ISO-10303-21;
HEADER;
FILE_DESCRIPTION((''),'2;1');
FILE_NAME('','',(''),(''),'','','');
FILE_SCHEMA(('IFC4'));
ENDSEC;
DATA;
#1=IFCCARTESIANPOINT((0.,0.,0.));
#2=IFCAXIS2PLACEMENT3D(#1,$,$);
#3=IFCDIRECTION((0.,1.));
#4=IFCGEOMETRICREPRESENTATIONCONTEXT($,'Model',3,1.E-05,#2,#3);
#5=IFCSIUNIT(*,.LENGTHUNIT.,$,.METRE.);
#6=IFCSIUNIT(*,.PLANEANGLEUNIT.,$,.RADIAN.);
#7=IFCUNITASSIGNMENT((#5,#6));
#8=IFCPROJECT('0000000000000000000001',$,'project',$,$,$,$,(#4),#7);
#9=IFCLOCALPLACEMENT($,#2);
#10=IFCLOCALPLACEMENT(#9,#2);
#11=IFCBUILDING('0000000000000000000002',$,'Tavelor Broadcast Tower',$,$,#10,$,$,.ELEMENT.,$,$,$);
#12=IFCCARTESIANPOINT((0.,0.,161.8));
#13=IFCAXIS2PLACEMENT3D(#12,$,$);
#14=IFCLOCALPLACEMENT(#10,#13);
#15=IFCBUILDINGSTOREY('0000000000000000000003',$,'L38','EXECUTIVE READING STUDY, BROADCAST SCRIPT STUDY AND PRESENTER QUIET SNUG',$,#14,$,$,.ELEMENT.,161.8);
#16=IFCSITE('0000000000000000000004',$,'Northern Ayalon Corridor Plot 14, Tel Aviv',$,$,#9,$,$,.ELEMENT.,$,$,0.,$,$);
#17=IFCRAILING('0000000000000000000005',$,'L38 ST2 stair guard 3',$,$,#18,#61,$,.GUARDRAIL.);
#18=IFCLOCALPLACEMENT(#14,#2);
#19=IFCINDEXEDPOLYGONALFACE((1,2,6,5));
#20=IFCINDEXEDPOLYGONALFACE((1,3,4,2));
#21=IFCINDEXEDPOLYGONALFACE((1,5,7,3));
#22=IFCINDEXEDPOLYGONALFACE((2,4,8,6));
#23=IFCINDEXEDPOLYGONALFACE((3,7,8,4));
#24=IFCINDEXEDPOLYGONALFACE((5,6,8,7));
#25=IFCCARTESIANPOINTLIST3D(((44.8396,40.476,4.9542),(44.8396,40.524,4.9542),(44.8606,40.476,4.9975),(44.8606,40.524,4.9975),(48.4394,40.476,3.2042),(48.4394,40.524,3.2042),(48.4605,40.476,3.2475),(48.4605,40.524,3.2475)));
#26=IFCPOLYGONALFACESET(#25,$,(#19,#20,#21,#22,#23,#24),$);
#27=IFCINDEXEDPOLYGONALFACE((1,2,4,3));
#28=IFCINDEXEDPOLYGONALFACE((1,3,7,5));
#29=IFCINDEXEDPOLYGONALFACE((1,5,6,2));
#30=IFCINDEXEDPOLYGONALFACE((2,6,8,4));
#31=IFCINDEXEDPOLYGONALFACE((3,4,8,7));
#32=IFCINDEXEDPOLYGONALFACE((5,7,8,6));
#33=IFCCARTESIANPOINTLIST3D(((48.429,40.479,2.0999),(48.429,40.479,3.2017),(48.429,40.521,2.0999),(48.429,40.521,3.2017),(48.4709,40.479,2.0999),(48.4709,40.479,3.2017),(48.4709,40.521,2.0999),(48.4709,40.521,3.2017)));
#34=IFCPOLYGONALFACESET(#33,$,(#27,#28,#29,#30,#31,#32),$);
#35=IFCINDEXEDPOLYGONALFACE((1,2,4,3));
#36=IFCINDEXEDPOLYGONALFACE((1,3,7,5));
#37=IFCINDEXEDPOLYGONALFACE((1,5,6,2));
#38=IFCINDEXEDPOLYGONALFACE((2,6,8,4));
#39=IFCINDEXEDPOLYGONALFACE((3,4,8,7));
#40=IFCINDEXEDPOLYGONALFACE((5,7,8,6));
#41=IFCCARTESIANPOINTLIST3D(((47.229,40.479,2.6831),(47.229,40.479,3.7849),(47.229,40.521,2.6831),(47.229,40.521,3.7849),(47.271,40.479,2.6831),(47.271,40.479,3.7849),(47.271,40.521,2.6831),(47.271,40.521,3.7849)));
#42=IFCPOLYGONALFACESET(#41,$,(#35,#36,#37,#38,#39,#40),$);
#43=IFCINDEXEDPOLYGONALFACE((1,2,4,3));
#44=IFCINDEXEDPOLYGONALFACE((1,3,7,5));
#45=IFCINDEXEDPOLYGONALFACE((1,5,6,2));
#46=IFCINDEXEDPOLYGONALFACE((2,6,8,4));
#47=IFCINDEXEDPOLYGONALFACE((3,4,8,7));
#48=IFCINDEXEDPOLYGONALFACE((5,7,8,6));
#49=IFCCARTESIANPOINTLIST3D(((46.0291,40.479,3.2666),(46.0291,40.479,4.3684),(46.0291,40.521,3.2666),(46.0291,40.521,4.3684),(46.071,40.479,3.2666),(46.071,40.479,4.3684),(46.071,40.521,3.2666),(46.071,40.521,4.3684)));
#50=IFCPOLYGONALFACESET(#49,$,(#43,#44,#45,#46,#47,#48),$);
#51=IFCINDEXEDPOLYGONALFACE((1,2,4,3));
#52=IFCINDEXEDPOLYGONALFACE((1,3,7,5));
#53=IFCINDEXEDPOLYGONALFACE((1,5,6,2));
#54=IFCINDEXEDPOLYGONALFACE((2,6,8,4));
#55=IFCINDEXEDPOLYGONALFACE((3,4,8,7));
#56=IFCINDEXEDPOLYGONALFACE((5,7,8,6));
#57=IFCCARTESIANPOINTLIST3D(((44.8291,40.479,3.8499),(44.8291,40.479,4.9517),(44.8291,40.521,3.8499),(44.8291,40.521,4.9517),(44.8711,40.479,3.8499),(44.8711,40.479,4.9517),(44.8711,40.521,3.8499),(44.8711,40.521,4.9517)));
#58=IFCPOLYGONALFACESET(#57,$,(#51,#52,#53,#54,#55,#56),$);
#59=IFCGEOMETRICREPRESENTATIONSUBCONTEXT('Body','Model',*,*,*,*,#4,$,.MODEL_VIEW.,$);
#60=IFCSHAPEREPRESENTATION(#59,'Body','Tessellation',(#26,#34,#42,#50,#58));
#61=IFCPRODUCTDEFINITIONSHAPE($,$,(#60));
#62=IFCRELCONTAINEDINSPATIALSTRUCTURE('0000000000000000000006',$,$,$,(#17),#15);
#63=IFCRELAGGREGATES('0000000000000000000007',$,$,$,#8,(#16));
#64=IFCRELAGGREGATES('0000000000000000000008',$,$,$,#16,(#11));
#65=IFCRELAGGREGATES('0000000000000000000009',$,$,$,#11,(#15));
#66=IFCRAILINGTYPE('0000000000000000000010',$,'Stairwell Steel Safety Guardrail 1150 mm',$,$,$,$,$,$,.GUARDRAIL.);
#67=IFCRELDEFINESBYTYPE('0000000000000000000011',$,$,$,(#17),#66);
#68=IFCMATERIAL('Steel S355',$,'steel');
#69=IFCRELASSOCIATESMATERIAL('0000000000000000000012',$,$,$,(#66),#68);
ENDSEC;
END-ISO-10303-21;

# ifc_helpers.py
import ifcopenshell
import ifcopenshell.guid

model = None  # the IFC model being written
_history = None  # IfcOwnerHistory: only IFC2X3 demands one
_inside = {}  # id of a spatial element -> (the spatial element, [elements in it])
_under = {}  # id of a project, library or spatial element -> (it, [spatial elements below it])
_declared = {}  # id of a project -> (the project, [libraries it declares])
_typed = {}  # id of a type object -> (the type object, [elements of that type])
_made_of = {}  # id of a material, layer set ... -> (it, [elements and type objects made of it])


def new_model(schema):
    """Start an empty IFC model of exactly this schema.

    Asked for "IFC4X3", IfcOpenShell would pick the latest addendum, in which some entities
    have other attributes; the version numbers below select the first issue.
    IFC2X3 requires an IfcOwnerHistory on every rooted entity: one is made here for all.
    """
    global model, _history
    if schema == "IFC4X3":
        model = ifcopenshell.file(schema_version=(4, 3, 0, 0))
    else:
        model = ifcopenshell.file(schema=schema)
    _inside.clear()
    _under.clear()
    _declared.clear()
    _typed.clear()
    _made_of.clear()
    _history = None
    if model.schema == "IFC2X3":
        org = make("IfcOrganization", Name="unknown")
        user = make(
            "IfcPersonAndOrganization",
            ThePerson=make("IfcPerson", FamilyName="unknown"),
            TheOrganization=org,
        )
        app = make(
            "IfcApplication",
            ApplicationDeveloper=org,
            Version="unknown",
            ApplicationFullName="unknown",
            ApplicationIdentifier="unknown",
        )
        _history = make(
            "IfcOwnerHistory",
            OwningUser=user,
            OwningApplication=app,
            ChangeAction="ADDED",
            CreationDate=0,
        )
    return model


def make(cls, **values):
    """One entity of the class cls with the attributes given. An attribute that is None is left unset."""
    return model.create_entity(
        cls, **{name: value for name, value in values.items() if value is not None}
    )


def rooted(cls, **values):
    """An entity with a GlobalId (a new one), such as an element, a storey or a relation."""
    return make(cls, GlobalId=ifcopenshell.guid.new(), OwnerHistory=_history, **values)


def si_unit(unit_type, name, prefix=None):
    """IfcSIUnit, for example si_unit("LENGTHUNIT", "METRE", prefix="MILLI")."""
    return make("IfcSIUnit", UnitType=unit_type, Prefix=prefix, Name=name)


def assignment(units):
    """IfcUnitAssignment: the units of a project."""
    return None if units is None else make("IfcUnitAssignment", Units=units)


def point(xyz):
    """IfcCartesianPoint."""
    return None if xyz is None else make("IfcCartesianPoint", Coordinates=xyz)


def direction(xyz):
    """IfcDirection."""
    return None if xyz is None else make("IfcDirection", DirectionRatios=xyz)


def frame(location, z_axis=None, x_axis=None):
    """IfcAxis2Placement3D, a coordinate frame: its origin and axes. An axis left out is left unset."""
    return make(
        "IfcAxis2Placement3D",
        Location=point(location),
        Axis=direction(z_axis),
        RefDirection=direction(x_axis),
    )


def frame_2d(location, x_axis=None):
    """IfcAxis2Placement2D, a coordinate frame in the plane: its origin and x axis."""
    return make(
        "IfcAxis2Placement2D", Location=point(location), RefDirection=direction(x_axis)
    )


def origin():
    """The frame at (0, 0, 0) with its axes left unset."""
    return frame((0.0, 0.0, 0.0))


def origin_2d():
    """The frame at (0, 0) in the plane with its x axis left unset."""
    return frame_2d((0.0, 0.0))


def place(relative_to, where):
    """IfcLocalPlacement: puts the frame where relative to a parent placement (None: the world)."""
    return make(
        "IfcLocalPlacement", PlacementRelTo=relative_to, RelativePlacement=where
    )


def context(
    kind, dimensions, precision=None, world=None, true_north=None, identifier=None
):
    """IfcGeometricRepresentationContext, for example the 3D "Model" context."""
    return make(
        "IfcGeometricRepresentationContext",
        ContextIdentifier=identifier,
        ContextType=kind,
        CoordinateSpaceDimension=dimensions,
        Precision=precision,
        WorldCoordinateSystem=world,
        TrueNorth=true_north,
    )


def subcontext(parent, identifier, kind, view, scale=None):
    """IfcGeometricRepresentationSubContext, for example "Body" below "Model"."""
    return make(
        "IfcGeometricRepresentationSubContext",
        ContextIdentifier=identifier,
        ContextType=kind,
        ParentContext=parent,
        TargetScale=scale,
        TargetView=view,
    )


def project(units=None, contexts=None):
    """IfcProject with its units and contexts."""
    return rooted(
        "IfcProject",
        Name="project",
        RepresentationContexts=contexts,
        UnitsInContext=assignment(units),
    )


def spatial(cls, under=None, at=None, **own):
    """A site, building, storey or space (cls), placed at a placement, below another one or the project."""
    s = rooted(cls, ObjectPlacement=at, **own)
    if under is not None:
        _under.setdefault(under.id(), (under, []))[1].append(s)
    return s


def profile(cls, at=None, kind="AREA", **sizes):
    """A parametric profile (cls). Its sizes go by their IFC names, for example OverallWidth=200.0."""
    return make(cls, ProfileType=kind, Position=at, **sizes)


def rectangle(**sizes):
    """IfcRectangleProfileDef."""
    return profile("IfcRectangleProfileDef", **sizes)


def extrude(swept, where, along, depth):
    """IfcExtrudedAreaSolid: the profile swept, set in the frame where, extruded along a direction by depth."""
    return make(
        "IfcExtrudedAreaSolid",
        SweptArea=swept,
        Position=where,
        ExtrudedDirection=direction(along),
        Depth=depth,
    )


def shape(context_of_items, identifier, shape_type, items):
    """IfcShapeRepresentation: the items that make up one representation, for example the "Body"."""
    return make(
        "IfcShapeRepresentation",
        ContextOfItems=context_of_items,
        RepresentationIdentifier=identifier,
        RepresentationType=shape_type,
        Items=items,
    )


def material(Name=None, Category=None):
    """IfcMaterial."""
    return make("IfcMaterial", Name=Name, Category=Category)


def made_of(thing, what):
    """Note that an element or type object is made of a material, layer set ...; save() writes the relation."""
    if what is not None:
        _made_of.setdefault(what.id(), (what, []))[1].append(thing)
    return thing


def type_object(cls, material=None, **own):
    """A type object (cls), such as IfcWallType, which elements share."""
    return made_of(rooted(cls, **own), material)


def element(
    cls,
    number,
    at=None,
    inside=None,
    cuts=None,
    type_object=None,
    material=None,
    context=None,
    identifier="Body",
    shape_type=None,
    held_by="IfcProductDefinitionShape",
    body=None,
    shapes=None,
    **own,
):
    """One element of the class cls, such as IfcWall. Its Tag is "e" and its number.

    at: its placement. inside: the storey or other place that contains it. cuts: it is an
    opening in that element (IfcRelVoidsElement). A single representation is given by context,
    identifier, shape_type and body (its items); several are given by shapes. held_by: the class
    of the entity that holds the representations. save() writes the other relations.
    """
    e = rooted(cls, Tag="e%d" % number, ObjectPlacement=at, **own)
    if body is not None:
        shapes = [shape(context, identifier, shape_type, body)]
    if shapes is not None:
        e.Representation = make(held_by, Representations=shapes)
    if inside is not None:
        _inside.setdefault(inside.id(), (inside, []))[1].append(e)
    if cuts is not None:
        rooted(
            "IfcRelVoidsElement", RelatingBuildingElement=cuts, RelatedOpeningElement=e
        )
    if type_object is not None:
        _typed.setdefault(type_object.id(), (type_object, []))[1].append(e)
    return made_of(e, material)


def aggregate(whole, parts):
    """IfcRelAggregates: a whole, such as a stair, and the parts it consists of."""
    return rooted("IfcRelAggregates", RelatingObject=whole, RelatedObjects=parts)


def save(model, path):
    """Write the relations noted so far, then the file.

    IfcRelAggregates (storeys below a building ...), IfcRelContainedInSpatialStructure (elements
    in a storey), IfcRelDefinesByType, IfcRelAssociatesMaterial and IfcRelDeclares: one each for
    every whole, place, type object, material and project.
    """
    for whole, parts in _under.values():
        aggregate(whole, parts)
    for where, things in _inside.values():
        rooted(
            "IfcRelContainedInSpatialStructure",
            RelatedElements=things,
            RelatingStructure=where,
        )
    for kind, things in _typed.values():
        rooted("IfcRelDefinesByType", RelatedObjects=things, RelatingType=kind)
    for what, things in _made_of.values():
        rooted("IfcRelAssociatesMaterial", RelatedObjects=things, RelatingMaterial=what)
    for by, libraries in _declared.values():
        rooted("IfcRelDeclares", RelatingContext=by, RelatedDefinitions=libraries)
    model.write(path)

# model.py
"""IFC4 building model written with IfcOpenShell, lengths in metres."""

from ifc_helpers import new_model, si_unit, direction, frame, origin, origin_2d, place, context, subcontext, project, spatial, rectangle, extrude, material, type_object, element, save


model = new_model("IFC4")

# Units and contexts
model_context = context("Model", 3, precision=1e-05, world=origin(), true_north=direction((0.0, 1.0)))
body_context = subcontext(model_context, "Body", "Model", "MODEL_VIEW")
ifc_project = project(units=[si_unit("LENGTHUNIT", "METRE"), si_unit("PLANEANGLEUNIT", "RADIAN")], contexts=[model_context])

# Site, building, storey
site_placement = place(None, origin())
site = spatial("IfcSite", under=ifc_project, at=site_placement, Name="Northern Ayalon Corridor Plot 14, Tel Aviv", CompositionType="ELEMENT", RefElevation=0.0)
building_placement = place(site_placement, origin())
building = spatial("IfcBuilding", under=site, at=building_placement, Name="Tavelor Broadcast Tower", CompositionType="ELEMENT")
storey_placement = place(building_placement, frame((0.0, 0.0, 161.8)))
storey = spatial("IfcBuildingStorey", under=building, at=storey_placement, Name="L38", Description="EXECUTIVE READING STUDY, BROADCAST SCRIPT STUDY AND PRESENTER QUIET SNUG", CompositionType="ELEMENT", Elevation=161.8)

# Shared definitions
ifc_material_1 = material(Name="Steel S355", Category="steel")

# Railing
railing_type_1 = type_object("IfcRailingType", Name="Stairwell Steel Safety Guardrail 1150 mm", PredefinedType="GUARDRAIL", material=ifc_material_1)
railing_1_placement = place(storey_placement, frame((48.45, 40.5, 2.0999)))
element("IfcRailing", 1, at=railing_1_placement, inside=storey, type_object=railing_type_1, Name="L38 ST2 stair guard 3", PredefinedType="GUARDRAIL", context=body_context, shape_type="SweptSolid", body=[
    extrude(rectangle(XDim=0.0481, YDim=0.0481, at=origin_2d()), frame((0.0, 0.0, 1.126), z_axis=(-0.899361, 0.0, 0.437207), x_axis=(0.0, -1.0, 0.0)), (0.0, 0.0, 1.0), 4.0027),
    extrude(rectangle(XDim=0.042, YDim=0.042, at=origin_2d()), origin(), (0.0, 0.0, 1.0), 1.1018),
    extrude(rectangle(XDim=0.042, YDim=0.042, at=origin_2d()), frame((-1.2, 0.0, 0.5833)), (0.0, 0.0, 1.0), 1.1018),
    extrude(rectangle(XDim=0.042, YDim=0.042, at=origin_2d()), frame((-2.3999, 0.0, 1.1667)), (0.0, 0.0, 1.0), 1.1018),
    extrude(rectangle(XDim=0.042, YDim=0.042, at=origin_2d()), frame((-3.5999, 0.0, 1.75)), (0.0, 0.0, 1.0), 1.1018),
])

save(model, "model.ifc")
